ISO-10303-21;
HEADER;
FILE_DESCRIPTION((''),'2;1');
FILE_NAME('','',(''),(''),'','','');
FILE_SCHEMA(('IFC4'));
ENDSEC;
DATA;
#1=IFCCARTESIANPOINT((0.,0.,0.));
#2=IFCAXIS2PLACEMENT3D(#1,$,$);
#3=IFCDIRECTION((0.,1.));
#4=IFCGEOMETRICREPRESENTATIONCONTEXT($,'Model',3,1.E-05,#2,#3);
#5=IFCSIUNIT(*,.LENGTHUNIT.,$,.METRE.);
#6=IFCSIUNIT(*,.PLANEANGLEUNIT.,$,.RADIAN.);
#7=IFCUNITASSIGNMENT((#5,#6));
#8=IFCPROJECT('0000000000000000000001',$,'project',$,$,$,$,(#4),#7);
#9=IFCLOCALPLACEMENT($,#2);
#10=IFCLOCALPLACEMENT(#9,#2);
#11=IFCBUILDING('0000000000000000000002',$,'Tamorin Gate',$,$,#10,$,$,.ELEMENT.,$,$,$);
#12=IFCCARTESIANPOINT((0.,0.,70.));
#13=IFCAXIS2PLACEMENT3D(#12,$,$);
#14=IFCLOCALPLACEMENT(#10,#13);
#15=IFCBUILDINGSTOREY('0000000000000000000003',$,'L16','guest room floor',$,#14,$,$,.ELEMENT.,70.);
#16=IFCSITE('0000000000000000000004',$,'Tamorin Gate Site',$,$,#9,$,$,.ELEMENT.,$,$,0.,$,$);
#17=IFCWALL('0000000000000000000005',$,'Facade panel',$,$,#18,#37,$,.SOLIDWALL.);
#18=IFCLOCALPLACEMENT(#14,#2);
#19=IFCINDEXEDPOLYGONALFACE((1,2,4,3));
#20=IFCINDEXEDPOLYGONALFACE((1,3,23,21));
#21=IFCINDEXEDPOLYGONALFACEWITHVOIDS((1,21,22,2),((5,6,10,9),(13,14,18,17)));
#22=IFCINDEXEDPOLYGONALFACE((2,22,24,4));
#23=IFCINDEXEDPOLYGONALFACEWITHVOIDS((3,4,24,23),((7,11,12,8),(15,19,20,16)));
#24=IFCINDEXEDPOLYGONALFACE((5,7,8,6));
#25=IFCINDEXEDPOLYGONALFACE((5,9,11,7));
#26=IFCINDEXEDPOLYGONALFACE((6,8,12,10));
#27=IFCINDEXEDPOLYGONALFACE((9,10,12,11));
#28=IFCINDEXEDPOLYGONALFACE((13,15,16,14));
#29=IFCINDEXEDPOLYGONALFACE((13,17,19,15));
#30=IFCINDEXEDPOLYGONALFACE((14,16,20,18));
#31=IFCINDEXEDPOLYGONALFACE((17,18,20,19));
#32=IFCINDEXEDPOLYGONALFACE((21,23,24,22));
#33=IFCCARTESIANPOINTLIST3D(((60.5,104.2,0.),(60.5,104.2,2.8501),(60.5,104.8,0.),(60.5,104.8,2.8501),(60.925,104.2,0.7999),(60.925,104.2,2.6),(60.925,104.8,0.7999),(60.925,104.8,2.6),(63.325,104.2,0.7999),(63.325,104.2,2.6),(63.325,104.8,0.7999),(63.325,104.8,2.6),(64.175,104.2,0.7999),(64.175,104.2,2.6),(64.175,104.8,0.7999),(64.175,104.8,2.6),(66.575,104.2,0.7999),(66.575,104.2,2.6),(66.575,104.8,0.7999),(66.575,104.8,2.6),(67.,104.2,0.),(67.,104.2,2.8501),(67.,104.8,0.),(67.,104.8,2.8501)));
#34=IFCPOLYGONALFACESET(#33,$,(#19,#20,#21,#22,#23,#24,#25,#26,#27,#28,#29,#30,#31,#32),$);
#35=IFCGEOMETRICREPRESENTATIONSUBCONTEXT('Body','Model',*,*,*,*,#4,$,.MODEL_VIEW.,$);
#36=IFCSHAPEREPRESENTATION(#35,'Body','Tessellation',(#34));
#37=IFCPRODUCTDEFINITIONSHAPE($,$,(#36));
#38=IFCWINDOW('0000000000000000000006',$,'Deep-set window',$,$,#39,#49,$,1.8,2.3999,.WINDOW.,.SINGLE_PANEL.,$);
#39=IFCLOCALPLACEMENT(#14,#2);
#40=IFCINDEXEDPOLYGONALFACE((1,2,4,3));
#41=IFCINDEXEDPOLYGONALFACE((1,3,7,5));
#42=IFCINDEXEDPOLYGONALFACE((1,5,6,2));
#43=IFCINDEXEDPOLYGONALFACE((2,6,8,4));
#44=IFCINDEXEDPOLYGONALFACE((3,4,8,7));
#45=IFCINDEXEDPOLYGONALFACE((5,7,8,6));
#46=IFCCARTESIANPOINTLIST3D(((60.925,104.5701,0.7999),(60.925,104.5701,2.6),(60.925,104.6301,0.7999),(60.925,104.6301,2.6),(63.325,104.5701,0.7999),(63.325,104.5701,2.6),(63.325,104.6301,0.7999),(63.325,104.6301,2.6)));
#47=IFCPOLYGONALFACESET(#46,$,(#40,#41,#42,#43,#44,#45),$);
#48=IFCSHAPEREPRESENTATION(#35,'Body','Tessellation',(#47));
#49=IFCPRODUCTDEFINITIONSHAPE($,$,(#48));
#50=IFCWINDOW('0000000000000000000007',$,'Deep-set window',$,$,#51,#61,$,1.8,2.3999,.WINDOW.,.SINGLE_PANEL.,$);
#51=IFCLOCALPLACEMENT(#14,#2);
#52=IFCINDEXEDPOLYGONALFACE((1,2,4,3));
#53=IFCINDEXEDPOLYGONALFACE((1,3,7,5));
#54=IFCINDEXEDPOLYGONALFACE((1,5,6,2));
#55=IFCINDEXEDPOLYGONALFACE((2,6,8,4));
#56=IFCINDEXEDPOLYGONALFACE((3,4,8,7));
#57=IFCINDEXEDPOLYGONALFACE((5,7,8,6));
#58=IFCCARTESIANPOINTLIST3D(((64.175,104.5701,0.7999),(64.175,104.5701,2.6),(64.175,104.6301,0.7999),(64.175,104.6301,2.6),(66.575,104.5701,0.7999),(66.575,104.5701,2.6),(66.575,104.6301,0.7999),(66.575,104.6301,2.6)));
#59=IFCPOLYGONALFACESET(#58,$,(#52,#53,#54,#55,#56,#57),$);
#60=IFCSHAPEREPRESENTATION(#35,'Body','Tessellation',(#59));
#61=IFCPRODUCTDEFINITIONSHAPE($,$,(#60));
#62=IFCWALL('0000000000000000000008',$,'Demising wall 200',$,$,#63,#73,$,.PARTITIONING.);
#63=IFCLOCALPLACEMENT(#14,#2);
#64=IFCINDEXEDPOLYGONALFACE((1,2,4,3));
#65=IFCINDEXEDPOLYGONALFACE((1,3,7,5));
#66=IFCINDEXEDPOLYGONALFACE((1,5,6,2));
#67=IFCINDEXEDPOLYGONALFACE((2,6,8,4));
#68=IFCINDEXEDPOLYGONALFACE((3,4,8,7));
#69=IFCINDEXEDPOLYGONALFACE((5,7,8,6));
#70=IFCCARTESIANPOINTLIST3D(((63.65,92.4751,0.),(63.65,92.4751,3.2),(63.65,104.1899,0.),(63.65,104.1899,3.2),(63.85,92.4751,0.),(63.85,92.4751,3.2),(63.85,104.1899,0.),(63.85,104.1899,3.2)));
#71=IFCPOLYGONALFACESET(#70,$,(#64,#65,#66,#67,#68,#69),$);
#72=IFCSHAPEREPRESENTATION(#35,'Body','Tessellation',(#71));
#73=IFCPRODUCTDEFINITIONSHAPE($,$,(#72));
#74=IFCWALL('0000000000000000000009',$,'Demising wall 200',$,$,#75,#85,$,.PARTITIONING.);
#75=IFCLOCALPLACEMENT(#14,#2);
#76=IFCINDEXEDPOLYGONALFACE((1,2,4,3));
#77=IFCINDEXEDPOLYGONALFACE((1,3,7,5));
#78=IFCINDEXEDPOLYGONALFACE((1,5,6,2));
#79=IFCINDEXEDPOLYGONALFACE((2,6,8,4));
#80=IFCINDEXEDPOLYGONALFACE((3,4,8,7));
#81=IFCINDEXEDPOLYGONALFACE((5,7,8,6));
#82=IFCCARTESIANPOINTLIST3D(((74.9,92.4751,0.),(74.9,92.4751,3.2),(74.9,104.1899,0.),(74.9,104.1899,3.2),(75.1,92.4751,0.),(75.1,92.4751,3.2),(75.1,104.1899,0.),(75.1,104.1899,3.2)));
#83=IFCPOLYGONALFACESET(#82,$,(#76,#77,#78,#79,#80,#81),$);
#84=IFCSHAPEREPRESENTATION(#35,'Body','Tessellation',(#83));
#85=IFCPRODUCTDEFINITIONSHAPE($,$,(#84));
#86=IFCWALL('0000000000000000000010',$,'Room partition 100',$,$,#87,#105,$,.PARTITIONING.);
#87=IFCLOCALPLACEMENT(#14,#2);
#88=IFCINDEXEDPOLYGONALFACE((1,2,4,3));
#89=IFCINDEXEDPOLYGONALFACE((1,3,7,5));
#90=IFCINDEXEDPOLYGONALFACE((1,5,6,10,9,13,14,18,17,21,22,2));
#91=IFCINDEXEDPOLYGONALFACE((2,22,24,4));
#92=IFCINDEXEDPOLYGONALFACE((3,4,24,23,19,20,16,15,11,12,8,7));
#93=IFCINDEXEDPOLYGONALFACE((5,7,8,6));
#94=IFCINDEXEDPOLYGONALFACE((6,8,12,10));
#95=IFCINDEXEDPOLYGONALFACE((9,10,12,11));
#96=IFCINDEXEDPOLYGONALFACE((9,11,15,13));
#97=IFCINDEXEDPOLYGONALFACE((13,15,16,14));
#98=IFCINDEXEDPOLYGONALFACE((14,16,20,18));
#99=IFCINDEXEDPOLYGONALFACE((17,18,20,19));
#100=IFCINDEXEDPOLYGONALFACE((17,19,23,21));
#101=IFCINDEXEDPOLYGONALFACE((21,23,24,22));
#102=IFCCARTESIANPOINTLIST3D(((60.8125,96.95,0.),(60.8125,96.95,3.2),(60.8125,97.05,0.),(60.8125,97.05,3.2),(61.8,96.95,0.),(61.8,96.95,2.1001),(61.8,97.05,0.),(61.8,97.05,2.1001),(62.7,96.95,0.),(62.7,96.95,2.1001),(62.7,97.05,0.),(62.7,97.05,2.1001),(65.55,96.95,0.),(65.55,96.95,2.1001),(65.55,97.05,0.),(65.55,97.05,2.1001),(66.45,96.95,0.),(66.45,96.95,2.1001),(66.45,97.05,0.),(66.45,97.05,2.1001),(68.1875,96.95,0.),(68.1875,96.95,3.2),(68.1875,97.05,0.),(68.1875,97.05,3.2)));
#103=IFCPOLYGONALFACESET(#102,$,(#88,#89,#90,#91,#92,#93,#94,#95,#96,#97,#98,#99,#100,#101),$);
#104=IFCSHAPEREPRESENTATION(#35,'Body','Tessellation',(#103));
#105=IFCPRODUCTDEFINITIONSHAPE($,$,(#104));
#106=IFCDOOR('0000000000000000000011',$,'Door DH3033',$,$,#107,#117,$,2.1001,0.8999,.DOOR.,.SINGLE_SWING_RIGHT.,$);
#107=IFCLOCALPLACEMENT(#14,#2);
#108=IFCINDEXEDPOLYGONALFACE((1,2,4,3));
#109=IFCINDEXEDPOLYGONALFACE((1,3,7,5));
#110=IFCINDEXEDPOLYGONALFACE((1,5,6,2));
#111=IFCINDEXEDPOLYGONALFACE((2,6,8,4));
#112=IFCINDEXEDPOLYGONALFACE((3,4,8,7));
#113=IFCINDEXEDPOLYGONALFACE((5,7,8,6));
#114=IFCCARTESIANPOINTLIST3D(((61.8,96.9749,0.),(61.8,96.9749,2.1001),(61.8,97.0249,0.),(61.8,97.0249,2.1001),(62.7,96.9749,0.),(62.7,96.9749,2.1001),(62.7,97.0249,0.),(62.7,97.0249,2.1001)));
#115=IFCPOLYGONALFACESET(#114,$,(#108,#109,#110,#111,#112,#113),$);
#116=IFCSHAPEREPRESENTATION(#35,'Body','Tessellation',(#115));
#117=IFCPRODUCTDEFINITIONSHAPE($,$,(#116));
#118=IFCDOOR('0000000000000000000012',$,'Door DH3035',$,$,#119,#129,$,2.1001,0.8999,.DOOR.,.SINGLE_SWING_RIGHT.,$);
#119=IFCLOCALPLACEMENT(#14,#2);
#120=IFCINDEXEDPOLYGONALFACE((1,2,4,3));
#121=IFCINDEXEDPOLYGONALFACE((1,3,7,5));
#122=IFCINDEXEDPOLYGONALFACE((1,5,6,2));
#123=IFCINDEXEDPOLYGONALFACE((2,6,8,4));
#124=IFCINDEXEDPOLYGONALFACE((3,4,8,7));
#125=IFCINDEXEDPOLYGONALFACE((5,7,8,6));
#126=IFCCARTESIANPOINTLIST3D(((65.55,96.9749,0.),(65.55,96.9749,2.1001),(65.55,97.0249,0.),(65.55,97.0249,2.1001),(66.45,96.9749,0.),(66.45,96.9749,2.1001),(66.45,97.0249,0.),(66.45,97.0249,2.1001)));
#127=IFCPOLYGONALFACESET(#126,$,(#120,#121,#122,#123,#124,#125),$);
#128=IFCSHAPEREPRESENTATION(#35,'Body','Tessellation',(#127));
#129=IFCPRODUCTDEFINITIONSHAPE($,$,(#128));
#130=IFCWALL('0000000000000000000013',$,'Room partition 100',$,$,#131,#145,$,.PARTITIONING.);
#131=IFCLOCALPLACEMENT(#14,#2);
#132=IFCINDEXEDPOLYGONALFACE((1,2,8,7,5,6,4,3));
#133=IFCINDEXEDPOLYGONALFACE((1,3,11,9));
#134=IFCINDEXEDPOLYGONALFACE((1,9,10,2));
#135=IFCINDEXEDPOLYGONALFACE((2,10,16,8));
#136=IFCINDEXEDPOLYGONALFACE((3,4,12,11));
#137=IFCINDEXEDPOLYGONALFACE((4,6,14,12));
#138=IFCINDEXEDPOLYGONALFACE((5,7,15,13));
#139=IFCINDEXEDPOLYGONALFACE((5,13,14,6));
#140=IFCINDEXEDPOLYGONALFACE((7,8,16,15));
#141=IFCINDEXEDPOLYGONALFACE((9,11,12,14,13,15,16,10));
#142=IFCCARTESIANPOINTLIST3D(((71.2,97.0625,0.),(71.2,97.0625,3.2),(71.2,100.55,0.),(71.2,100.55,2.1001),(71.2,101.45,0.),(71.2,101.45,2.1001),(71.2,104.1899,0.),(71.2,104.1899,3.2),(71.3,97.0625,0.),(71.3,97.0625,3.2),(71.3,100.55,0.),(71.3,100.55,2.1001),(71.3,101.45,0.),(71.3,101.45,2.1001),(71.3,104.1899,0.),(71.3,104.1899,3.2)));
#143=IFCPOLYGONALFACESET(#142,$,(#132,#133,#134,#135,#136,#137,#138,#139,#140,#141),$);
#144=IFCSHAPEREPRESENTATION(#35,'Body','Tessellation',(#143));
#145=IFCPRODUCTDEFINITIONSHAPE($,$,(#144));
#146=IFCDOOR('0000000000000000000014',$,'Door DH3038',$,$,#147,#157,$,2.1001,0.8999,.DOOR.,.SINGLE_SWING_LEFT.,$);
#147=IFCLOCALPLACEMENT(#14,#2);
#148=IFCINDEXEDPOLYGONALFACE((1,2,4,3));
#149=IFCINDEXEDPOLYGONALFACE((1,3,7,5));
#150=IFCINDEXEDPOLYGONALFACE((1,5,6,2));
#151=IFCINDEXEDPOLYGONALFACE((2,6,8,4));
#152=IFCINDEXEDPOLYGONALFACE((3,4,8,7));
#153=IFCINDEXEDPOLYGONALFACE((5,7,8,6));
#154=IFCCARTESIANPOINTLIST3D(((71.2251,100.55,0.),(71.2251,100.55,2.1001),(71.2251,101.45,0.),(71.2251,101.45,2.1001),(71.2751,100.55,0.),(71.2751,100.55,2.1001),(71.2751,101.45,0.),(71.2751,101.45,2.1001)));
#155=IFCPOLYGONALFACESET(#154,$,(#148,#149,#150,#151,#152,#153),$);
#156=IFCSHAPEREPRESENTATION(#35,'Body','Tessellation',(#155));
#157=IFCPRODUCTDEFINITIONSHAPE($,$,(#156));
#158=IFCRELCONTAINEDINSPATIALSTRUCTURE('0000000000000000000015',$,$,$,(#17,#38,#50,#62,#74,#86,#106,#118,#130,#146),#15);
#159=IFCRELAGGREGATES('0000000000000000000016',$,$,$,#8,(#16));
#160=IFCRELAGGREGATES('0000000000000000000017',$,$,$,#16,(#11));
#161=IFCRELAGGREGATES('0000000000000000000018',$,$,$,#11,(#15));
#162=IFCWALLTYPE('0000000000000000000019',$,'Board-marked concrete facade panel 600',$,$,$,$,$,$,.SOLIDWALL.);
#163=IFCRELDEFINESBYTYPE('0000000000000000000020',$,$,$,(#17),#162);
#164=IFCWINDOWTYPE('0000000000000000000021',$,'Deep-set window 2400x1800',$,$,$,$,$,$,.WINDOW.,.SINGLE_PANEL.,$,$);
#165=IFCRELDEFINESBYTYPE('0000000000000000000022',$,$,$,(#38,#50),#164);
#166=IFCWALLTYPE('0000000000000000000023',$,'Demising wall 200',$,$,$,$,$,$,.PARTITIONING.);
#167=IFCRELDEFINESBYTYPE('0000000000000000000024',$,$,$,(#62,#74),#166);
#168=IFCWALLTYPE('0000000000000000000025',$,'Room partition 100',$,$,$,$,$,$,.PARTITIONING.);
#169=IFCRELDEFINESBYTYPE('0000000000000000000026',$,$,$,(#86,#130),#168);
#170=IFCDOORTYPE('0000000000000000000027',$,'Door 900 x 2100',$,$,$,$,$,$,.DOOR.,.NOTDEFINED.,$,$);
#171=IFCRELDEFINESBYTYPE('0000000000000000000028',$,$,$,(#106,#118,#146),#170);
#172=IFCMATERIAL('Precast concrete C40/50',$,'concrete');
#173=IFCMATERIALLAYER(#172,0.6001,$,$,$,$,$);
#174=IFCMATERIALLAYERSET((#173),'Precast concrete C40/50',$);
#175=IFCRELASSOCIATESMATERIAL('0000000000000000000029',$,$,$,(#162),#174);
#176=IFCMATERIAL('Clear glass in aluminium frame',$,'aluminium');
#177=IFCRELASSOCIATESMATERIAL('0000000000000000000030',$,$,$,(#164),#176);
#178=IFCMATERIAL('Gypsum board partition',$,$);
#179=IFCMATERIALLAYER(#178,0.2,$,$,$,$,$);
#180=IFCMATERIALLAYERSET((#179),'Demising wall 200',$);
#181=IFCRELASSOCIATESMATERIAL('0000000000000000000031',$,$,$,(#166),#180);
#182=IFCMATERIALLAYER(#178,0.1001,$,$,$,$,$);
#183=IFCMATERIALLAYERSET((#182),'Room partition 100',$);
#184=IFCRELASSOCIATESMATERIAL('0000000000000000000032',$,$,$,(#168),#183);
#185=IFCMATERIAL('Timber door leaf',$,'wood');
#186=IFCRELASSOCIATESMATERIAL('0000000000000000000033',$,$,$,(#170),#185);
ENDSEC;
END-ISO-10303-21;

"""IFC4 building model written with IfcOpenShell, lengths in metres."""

from ifc_helpers import new_model, si_unit, direction, frame, frame_2d, origin, place, context, subcontext, project, spatial, rectangle, extrude, material, layer, layer_set, type_object, element, fill, save


model = new_model("IFC4")

# Units and contexts
model_context = context("Model", 3, precision=1e-05, world=origin(), true_north=direction((0.0, 1.0)))
body_context = subcontext(model_context, "Body", "Model", "MODEL_VIEW")
ifc_project = project(units=[si_unit("LENGTHUNIT", "METRE"), si_unit("PLANEANGLEUNIT", "RADIAN")], contexts=[model_context])

# Site, building, storey
site_placement = place(None, origin())
site = spatial("IfcSite", under=ifc_project, at=site_placement, Name="Tamorin Gate Site", CompositionType="ELEMENT", RefElevation=0.0)
building_placement = place(site_placement, origin())
building = spatial("IfcBuilding", under=site, at=building_placement, Name="Tamorin Gate", CompositionType="ELEMENT")
storey_placement = place(building_placement, frame((0.0, 0.0, 70.0)))
storey = spatial("IfcBuildingStorey", under=building, at=storey_placement, Name="L16", Description="guest room floor", CompositionType="ELEMENT", Elevation=70.0)

# Wall, openings, windows
ifc_material_1 = material(Name="Precast concrete C40/50", Category="concrete")
ifc_layer_1 = layer(ifc_material_1, 0.6001)
ifc_layer_set_1 = layer_set([ifc_layer_1], Name="Precast concrete C40/50")
wall_type_1 = type_object("IfcWallType", Name="Board-marked concrete facade panel 600", PredefinedType="SOLIDWALL", material=ifc_layer_set_1)
ifc_material_2 = material(Name="Clear glass in aluminium frame", Category="aluminium")
window_type = type_object("IfcWindowType", Name="Deep-set window 2400x1800", PartitioningType="SINGLE_PANEL", PredefinedType="WINDOW", material=ifc_material_2)
wall_1_placement = place(storey_placement, frame((67.0, 104.5, 0.0), z_axis=(0.0, 0.0, 1.0), x_axis=(-1.0, 0.0, 0.0)))
wall_1 = element("IfcWall", 1, at=wall_1_placement, inside=storey, type_object=wall_type_1, Name="Facade panel", PredefinedType="SOLIDWALL", context=body_context, shape_type="SweptSolid", body=[
    extrude(rectangle(XDim=6.5, YDim=0.6001, at=frame_2d((3.25, 0.0))), origin(), (0.0, 0.0, 1.0), 2.8501),
])
opening_1_placement = place(wall_1_placement, frame((3.675, 0.0, 0.8)))
opening_1 = element("IfcOpeningElement", 2, at=opening_1_placement, cuts=wall_1, PredefinedType="OPENING", context=body_context, shape_type="SweptSolid", body=[
    extrude(rectangle(XDim=2.3999, YDim=1.8, at=frame_2d((1.2, 0.8999))), frame((0.0, 0.3101, 0.0), z_axis=(0.0, -1.0, 0.0), x_axis=(1.0, 0.0, 0.0)), (0.0, 0.0, 1.0), 0.6201),
])
opening_2_placement = place(wall_1_placement, frame((0.425, 0.0, 0.8)))
opening_2 = element("IfcOpeningElement", 3, at=opening_2_placement, cuts=wall_1, PredefinedType="OPENING", context=body_context, shape_type="SweptSolid", body=[
    extrude(rectangle(XDim=2.3999, YDim=1.8, at=frame_2d((1.2, 0.8999))), frame((0.0, 0.3101, 0.0), z_axis=(0.0, -1.0, 0.0), x_axis=(1.0, 0.0, 0.0)), (0.0, 0.0, 1.0), 0.6201),
])
window_1_placement = place(opening_1_placement, origin())
window_1 = element("IfcWindow", 4, at=window_1_placement, inside=storey, type_object=window_type, Name="Deep-set window", OverallHeight=1.8, OverallWidth=2.3999, PartitioningType="SINGLE_PANEL", PredefinedType="WINDOW", context=body_context, shape_type="SweptSolid", body=[
    extrude(rectangle(XDim=2.3999, YDim=1.8, at=frame_2d((1.2, 0.8999))), frame((0.0, -0.0701, 0.0), z_axis=(0.0, -1.0, 0.0), x_axis=(1.0, 0.0, 0.0)), (0.0, 0.0, 1.0), 0.0601),
])
fill(opening_1, window_1)
window_2_placement = place(opening_2_placement, origin())
window_2 = element("IfcWindow", 5, at=window_2_placement, inside=storey, type_object=window_type, Name="Deep-set window", OverallHeight=1.8, OverallWidth=2.3999, PartitioningType="SINGLE_PANEL", PredefinedType="WINDOW", context=body_context, shape_type="SweptSolid", body=[
    extrude(rectangle(XDim=2.3999, YDim=1.8, at=frame_2d((1.2, 0.8999))), frame((0.0, -0.0701, 0.0), z_axis=(0.0, -1.0, 0.0), x_axis=(1.0, 0.0, 0.0)), (0.0, 0.0, 1.0), 0.0601),
])
fill(opening_2, window_2)

# Walls
ifc_material_3 = material(Name="Gypsum board partition")
ifc_layer_2 = layer(ifc_material_3, 0.2)
ifc_layer_set_2 = layer_set([ifc_layer_2], Name="Demising wall 200")
wall_type_2 = type_object("IfcWallType", Name="Demising wall 200", PredefinedType="PARTITIONING", material=ifc_layer_set_2)
for number, where, z_axis, x_axis, name in (
    (6, (63.75, 92.4751, 0.0), (0.0, 0.0, 1.0), (0.0, 1.0, 0.0), "Demising wall 200"),
    (7, (75.0, 92.4751, 0.0), (0.0, 0.0, 1.0), (0.0, 1.0, 0.0), "Demising wall 200"),
):
    element("IfcWall", number, at=place(storey_placement, frame(where, z_axis=z_axis, x_axis=x_axis)), inside=storey, type_object=wall_type_2, Name=name, PredefinedType="PARTITIONING", context=body_context, shape_type="SweptSolid", body=[
        extrude(rectangle(XDim=11.7148, YDim=0.2, at=frame_2d((5.8574, 0.0))), origin(), (0.0, 0.0, 1.0), 3.2),
    ])

# Wall, openings, doors
ifc_layer_3 = layer(ifc_material_3, 0.1001)
ifc_layer_set_3 = layer_set([ifc_layer_3], Name="Room partition 100")
wall_type_3 = type_object("IfcWallType", Name="Room partition 100", PredefinedType="PARTITIONING", material=ifc_layer_set_3)
wall_2_placement = place(storey_placement, frame((60.8125, 97.0, 0.0), z_axis=(0.0, 0.0, 1.0), x_axis=(1.0, 0.0, 0.0)))
wall_2 = element("IfcWall", 8, at=wall_2_placement, inside=storey, type_object=wall_type_3, Name="Room partition 100", PredefinedType="PARTITIONING", context=body_context, shape_type="SweptSolid", body=[
    extrude(rectangle(XDim=7.375, YDim=0.1001, at=frame_2d((3.6875, 0.0))), origin(), (0.0, 0.0, 1.0), 3.2),
])
opening_3_placement = place(wall_2_placement, frame((0.9875, 0.0, 0.0)))
opening_3 = element("IfcOpeningElement", 9, at=opening_3_placement, cuts=wall_2, PredefinedType="OPENING", context=body_context, shape_type="SweptSolid", body=[
    extrude(rectangle(XDim=0.8999, YDim=2.1001, at=frame_2d((0.45, 1.05))), frame((0.0, 0.0601, 0.0), z_axis=(0.0, -1.0, 0.0), x_axis=(1.0, 0.0, 0.0)), (0.0, 0.0, 1.0), 0.1201),
])
opening_4_placement = place(wall_2_placement, frame((4.7375, 0.0, 0.0)))
opening_4 = element("IfcOpeningElement", 10, at=opening_4_placement, cuts=wall_2, PredefinedType="OPENING", context=body_context, shape_type="SweptSolid", body=[
    extrude(rectangle(XDim=0.8999, YDim=2.1001, at=frame_2d((0.45, 1.05))), frame((0.0, 0.0601, 0.0), z_axis=(0.0, -1.0, 0.0), x_axis=(1.0, 0.0, 0.0)), (0.0, 0.0, 1.0), 0.1201),
])
ifc_material_4 = material(Name="Timber door leaf", Category="wood")
door_type = type_object("IfcDoorType", Name="Door 900 x 2100", OperationType="NOTDEFINED", PredefinedType="DOOR", material=ifc_material_4)
door_1_placement = place(opening_3_placement, origin())
door_1 = element("IfcDoor", 11, at=door_1_placement, inside=storey, type_object=door_type, Name="Door DH3033", OperationType="SINGLE_SWING_RIGHT", OverallHeight=2.1001, OverallWidth=0.8999, PredefinedType="DOOR", context=body_context, shape_type="SweptSolid", body=[
    extrude(rectangle(XDim=0.8999, YDim=2.1001, at=frame_2d((0.45, 1.05))), frame((0.0, 0.0249, 0.0), z_axis=(0.0, -1.0, 0.0), x_axis=(1.0, 0.0, 0.0)), (0.0, 0.0, 1.0), 0.05),
])
fill(opening_3, door_1)
door_2_placement = place(opening_4_placement, origin())
door_2 = element("IfcDoor", 12, at=door_2_placement, inside=storey, type_object=door_type, Name="Door DH3035", OperationType="SINGLE_SWING_RIGHT", OverallHeight=2.1001, OverallWidth=0.8999, PredefinedType="DOOR", context=body_context, shape_type="SweptSolid", body=[
    extrude(rectangle(XDim=0.8999, YDim=2.1001, at=frame_2d((0.45, 1.05))), frame((0.0, 0.0249, 0.0), z_axis=(0.0, -1.0, 0.0), x_axis=(1.0, 0.0, 0.0)), (0.0, 0.0, 1.0), 0.05),
])
fill(opening_4, door_2)

# Wall, opening, door
wall_3_placement = place(storey_placement, frame((71.25, 97.0625, 0.0), z_axis=(0.0, 0.0, 1.0), x_axis=(0.0, 1.0, 0.0)))
wall_3 = element("IfcWall", 13, at=wall_3_placement, inside=storey, type_object=wall_type_3, Name="Room partition 100", PredefinedType="PARTITIONING", context=body_context, shape_type="SweptSolid", body=[
    extrude(rectangle(XDim=7.1274, YDim=0.1001, at=frame_2d((3.5637, 0.0))), origin(), (0.0, 0.0, 1.0), 3.2),
])
opening_5_placement = place(wall_3_placement, frame((3.4875, 0.0, 0.0)))
opening_5 = element("IfcOpeningElement", 14, at=opening_5_placement, cuts=wall_3, PredefinedType="OPENING", context=body_context, shape_type="SweptSolid", body=[
    extrude(rectangle(XDim=0.8999, YDim=2.1001, at=frame_2d((0.45, 1.05))), frame((0.0, 0.0601, 0.0), z_axis=(0.0, -1.0, 0.0), x_axis=(1.0, 0.0, 0.0)), (0.0, 0.0, 1.0), 0.1201),
])
door_3_placement = place(opening_5_placement, origin())
door_3 = element("IfcDoor", 15, at=door_3_placement, inside=storey, type_object=door_type, Name="Door DH3038", OperationType="SINGLE_SWING_LEFT", OverallHeight=2.1001, OverallWidth=0.8999, PredefinedType="DOOR", context=body_context, shape_type="SweptSolid", body=[
    extrude(rectangle(XDim=0.8999, YDim=2.1001, at=frame_2d((0.45, 1.05))), frame((0.0, 0.0249, 0.0), z_axis=(0.0, -1.0, 0.0), x_axis=(1.0, 0.0, 0.0)), (0.0, 0.0, 1.0), 0.05),
])
fill(opening_5, door_3)

save(model, "model.ifc")
